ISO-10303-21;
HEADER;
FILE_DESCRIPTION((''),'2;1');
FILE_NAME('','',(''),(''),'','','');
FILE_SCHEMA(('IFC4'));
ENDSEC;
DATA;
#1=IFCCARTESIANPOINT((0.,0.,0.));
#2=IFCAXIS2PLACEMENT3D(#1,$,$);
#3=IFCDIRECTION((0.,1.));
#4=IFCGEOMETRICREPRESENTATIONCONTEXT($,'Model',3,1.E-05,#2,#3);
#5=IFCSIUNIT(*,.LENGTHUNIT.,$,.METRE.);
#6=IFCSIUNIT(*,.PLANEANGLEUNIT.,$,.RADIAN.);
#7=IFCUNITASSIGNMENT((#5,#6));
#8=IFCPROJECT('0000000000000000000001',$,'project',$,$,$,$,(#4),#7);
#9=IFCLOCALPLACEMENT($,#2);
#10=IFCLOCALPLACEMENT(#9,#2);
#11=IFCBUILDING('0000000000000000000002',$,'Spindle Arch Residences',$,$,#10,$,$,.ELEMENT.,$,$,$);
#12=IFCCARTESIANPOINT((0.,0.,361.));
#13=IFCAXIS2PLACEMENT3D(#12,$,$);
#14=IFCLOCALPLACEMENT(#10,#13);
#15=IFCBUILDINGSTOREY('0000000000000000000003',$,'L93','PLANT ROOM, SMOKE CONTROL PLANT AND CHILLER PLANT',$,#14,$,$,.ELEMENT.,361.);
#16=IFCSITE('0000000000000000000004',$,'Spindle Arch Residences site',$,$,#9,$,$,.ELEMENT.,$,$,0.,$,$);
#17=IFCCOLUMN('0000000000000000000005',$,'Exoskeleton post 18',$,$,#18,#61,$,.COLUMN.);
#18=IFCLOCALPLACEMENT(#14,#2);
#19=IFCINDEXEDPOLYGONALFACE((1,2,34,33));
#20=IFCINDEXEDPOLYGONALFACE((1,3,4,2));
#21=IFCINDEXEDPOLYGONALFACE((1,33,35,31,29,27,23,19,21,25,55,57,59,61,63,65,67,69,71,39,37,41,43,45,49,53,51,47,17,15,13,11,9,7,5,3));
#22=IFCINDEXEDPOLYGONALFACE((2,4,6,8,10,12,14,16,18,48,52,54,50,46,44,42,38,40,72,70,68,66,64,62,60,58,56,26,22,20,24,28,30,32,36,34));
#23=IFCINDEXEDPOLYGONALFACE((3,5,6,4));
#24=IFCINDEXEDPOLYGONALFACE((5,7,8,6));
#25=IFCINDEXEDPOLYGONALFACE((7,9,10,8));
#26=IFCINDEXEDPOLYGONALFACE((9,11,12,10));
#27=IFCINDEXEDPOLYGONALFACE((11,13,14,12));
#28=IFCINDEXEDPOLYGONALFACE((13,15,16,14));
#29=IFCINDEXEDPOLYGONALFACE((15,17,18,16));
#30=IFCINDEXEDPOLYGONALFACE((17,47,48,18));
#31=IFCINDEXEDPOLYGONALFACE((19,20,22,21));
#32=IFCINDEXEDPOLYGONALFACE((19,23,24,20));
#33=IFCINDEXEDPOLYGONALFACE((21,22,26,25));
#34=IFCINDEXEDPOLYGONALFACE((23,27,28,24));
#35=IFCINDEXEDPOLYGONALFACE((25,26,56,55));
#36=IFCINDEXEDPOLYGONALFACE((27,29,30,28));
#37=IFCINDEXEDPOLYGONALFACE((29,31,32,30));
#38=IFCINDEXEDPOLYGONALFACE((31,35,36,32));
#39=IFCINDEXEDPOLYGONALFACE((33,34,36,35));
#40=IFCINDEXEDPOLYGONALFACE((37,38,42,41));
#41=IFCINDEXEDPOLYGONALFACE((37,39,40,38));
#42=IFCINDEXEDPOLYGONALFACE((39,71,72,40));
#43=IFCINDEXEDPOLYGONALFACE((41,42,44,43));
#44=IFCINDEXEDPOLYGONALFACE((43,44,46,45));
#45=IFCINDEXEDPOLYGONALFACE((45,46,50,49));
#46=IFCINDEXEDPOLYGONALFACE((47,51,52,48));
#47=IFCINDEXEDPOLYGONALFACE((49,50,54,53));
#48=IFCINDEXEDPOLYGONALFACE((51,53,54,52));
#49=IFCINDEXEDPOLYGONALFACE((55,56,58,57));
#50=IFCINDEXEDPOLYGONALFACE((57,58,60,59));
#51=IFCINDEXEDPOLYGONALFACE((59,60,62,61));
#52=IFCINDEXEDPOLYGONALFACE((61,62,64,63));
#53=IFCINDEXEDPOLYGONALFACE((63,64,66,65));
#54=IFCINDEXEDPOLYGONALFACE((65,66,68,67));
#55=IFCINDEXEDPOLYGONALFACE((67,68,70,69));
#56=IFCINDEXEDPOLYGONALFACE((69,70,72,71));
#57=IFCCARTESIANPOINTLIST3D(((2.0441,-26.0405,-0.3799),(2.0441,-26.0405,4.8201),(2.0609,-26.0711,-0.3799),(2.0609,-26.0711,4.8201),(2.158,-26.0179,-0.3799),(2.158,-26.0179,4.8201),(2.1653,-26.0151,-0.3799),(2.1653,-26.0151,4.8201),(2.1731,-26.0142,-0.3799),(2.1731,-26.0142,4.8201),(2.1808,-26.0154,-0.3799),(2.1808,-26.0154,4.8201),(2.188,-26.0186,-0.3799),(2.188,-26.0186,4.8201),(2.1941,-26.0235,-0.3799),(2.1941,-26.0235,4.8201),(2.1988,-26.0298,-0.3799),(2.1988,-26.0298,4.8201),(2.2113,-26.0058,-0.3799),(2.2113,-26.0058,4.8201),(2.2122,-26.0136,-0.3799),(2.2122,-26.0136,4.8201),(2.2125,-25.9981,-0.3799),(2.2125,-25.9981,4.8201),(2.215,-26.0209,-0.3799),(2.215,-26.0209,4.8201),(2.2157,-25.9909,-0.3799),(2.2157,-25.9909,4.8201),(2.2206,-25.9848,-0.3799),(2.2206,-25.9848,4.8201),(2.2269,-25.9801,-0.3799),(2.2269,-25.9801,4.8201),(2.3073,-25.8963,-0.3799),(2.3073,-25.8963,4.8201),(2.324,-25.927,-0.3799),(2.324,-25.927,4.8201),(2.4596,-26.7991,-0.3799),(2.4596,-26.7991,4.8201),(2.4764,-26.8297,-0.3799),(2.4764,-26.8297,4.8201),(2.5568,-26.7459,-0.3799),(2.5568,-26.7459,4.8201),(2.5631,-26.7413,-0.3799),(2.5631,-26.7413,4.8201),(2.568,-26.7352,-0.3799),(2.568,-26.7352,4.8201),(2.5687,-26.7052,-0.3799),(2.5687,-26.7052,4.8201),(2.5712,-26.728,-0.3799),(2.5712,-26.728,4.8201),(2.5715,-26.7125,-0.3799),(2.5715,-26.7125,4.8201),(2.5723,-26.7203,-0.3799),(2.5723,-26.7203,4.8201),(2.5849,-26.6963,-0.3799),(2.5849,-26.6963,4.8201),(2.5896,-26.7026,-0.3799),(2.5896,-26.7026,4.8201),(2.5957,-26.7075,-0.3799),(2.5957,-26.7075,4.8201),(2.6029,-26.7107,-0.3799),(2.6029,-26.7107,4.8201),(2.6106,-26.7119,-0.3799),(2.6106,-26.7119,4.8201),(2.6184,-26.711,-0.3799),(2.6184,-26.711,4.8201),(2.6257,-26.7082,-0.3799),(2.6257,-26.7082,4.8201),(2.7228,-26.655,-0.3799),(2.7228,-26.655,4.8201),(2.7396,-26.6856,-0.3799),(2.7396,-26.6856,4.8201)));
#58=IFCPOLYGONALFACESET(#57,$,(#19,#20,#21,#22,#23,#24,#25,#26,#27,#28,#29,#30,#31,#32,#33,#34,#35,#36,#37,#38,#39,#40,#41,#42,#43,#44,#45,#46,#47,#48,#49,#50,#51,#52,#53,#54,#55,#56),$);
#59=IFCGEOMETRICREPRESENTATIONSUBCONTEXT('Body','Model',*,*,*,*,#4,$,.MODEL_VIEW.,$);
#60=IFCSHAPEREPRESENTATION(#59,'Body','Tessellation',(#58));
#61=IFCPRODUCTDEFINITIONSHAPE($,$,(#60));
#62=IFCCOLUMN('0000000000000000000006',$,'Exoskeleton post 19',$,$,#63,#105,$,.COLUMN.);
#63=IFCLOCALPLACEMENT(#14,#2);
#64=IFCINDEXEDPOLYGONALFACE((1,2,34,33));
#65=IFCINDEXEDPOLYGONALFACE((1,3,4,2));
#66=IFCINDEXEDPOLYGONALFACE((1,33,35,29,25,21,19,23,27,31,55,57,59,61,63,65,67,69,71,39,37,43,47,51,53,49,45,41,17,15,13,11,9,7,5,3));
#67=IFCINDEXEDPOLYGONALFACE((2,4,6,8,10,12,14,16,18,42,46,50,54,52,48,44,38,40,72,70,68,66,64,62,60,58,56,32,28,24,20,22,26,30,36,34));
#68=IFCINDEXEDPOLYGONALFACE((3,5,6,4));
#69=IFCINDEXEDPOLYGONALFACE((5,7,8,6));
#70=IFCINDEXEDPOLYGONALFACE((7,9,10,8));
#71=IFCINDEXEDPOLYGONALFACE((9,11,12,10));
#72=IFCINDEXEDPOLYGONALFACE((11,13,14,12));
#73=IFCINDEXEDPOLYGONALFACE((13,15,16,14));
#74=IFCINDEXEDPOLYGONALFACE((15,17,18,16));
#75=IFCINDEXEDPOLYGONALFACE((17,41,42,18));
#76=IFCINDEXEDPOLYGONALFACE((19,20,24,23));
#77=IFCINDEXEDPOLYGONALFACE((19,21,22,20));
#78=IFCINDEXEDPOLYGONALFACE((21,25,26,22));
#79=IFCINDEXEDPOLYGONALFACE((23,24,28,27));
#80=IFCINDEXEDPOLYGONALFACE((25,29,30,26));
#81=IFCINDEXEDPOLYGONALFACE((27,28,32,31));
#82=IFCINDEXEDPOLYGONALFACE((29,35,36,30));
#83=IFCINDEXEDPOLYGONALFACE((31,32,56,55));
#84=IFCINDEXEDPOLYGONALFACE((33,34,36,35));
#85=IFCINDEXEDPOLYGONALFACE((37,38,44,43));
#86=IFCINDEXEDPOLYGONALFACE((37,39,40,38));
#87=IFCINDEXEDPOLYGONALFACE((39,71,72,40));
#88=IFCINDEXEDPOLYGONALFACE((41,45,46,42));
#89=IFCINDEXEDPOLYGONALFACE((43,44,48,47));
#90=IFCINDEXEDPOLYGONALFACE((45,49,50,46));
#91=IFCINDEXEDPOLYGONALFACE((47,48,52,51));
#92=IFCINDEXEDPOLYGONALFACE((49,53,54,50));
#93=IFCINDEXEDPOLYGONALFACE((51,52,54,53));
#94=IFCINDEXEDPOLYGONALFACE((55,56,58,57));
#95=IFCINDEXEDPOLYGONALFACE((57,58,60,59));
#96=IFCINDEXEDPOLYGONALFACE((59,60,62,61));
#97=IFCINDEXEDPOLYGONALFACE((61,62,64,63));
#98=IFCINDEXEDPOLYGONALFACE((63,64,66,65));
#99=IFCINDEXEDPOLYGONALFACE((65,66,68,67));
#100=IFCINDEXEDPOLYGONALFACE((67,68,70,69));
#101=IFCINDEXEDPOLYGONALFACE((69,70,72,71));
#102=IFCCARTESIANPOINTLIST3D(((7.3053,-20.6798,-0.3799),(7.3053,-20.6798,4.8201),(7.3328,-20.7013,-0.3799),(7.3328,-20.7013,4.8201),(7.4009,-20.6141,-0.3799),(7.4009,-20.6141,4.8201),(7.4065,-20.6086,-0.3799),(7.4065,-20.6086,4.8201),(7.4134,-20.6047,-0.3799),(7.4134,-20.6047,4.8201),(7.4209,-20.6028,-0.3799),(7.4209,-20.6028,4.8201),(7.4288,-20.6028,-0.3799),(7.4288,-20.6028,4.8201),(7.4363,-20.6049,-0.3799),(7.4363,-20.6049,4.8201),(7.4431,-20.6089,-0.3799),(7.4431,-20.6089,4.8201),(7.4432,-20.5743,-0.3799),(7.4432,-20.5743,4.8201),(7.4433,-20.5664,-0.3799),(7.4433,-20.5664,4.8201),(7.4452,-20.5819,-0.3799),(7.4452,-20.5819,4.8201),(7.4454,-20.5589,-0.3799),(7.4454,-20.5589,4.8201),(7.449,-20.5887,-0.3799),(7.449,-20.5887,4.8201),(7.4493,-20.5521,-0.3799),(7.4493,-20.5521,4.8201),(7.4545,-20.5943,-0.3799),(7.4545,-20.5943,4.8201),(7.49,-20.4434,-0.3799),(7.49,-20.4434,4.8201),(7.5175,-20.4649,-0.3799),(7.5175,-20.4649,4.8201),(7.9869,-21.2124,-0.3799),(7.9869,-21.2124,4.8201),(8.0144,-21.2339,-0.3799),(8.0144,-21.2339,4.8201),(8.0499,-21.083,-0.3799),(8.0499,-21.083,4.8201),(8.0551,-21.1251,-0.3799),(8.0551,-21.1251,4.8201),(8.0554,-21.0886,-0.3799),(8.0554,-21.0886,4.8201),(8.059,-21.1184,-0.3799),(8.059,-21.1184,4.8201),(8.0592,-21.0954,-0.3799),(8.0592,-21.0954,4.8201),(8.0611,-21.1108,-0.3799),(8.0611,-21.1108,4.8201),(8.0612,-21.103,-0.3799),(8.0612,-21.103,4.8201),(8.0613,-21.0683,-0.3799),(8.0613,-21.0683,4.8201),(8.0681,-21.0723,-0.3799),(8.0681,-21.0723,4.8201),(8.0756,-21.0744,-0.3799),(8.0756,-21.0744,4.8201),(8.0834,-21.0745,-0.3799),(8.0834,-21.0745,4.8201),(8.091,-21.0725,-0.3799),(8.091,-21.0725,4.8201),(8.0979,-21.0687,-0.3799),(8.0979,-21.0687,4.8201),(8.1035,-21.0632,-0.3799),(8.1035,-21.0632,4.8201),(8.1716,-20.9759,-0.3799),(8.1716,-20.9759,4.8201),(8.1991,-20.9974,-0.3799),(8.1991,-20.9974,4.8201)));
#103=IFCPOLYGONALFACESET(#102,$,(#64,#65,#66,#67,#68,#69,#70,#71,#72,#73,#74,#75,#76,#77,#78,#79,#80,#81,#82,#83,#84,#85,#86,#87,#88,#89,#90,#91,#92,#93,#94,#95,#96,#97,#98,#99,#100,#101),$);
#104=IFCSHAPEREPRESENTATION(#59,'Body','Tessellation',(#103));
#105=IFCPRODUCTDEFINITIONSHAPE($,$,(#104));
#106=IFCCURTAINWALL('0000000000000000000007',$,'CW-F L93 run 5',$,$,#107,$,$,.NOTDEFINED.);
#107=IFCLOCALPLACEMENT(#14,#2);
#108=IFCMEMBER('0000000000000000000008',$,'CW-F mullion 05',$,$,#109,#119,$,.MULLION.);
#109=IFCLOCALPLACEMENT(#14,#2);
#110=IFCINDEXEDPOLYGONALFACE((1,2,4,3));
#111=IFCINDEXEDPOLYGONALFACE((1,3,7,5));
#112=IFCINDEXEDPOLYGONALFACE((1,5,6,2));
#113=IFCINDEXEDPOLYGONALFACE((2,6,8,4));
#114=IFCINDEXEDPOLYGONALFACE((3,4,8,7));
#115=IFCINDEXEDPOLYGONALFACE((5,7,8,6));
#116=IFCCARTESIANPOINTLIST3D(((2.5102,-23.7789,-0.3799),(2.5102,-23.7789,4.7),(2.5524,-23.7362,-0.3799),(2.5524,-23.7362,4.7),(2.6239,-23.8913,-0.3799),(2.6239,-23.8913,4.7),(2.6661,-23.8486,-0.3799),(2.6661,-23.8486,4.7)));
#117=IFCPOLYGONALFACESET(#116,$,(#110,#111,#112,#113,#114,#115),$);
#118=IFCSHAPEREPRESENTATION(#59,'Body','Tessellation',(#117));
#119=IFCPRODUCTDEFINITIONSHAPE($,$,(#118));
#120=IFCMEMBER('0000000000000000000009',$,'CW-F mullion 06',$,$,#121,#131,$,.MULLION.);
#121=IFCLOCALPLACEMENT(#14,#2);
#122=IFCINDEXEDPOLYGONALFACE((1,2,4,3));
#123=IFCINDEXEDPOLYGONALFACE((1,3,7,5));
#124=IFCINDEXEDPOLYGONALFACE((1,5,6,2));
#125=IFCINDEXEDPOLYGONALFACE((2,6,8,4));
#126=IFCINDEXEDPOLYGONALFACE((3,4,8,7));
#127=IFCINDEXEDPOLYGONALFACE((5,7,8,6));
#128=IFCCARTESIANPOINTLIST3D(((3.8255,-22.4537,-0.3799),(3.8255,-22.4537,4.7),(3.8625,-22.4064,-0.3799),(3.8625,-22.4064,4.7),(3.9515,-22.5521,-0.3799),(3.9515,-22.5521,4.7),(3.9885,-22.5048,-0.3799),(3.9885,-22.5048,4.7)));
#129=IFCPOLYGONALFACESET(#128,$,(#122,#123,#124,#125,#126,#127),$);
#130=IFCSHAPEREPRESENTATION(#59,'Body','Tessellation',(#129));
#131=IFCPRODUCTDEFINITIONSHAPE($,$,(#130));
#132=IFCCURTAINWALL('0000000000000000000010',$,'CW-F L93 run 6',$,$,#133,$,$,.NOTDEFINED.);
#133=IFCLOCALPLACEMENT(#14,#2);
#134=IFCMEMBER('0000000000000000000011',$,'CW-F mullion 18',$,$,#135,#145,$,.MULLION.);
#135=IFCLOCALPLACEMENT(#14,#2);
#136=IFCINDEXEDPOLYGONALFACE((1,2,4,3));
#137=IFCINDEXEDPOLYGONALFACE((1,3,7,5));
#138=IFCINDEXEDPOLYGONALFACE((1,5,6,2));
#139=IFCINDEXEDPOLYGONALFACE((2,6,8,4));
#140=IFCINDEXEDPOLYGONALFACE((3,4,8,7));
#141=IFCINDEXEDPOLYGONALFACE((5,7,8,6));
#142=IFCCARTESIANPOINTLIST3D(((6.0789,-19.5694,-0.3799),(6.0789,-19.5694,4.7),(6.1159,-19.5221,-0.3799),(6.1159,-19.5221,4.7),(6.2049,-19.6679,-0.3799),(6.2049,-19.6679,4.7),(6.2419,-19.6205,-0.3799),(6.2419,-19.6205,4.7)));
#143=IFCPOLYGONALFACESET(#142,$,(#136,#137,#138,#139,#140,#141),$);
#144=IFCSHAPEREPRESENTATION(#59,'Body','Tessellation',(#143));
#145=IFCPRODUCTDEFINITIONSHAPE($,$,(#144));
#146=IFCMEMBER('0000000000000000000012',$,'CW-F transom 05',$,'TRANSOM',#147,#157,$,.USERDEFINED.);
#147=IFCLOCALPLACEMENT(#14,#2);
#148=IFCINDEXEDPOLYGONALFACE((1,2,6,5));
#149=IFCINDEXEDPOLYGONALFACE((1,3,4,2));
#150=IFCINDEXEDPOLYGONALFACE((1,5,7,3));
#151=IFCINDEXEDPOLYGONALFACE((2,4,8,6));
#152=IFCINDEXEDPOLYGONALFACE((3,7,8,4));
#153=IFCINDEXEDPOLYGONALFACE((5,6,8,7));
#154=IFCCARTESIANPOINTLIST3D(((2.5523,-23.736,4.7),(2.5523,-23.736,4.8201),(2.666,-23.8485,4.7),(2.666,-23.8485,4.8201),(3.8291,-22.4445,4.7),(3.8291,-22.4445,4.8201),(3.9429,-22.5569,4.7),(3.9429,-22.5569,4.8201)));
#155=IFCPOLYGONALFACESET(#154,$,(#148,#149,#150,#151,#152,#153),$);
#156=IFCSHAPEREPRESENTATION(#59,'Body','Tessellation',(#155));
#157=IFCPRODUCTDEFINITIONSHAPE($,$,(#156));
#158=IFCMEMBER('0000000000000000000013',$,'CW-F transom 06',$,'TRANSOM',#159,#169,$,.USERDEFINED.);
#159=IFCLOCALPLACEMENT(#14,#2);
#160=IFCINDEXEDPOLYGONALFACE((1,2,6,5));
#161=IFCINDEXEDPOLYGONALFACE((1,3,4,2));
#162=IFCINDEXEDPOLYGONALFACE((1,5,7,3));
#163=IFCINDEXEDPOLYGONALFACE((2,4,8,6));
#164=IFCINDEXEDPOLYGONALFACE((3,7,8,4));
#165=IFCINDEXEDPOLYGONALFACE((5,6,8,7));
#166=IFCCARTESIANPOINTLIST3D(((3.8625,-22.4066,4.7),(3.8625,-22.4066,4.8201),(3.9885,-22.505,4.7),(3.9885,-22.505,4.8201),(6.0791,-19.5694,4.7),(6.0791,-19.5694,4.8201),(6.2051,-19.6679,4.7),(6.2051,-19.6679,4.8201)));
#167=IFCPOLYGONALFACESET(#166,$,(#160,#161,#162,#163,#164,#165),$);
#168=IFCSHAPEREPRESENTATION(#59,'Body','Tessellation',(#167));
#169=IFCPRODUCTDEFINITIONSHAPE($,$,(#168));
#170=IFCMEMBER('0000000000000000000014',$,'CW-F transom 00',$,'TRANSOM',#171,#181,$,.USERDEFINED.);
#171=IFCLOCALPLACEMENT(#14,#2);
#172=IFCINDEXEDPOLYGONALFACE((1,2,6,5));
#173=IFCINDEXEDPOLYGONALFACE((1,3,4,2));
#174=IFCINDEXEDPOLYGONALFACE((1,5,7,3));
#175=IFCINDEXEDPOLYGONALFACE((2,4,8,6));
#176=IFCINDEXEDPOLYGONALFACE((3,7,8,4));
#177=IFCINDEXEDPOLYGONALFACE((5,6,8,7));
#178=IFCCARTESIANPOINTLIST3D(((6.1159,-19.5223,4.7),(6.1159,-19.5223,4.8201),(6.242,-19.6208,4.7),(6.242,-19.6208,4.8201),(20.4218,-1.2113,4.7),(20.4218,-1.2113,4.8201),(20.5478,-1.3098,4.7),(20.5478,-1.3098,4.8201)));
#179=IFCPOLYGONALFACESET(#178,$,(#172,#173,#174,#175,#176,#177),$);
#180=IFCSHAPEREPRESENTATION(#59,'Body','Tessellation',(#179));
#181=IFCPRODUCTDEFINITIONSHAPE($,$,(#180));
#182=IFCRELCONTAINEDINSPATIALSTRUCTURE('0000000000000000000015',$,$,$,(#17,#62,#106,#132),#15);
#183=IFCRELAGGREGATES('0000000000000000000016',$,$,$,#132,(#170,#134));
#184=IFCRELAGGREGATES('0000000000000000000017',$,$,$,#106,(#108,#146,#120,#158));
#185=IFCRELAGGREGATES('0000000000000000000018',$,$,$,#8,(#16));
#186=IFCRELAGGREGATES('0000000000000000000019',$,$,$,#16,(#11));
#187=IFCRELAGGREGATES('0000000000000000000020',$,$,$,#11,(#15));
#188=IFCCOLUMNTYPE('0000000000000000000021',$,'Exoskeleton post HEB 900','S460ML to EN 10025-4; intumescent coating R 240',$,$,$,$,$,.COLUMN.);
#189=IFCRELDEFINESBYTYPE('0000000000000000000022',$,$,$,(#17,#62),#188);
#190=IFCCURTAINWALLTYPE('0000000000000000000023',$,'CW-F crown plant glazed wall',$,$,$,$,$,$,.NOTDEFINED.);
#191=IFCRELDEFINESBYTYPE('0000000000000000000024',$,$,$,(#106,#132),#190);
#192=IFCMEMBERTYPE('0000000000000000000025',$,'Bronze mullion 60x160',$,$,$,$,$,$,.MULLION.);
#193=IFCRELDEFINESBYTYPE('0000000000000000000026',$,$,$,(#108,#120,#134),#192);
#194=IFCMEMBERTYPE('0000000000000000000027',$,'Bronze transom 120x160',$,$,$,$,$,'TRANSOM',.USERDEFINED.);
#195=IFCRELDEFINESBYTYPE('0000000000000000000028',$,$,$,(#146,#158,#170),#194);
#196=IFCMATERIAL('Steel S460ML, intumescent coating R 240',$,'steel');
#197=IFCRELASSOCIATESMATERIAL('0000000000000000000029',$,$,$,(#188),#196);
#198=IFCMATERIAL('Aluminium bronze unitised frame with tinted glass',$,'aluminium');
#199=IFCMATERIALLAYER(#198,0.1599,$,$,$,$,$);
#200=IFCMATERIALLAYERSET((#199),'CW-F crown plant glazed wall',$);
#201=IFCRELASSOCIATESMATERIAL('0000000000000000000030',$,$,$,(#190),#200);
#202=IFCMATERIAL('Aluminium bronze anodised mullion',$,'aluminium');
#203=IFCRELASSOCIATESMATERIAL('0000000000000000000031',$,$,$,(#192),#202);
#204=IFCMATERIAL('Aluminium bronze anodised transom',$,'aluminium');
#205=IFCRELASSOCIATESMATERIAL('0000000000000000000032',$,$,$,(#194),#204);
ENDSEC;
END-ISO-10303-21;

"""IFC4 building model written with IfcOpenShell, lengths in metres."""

from ifc_helpers import new_model, si_unit, direction, frame, origin, origin_2d, place, context, subcontext, project, spatial, rectangle, i_section, extrude, material, layer, layer_set, material_profile, profile_set, type_object, element, aggregate, save


model = new_model("IFC4")

# Units and contexts
model_context = context("Model", 3, precision=1e-05, world=origin(), true_north=direction((0.0, 1.0)))
body_context = subcontext(model_context, "Body", "Model", "MODEL_VIEW")
ifc_project = project(units=[si_unit("LENGTHUNIT", "METRE"), si_unit("PLANEANGLEUNIT", "RADIAN")], contexts=[model_context])

# Site, building, storey
site_placement = place(None, origin())
site = spatial("IfcSite", under=ifc_project, at=site_placement, Name="Spindle Arch Residences site", CompositionType="ELEMENT", RefElevation=0.0)
building_placement = place(site_placement, origin())
building = spatial("IfcBuilding", under=site, at=building_placement, Name="Spindle Arch Residences", CompositionType="ELEMENT")
storey_placement = place(building_placement, frame((0.0, 0.0, 361.0)))
storey = spatial("IfcBuildingStorey", under=building, at=storey_placement, Name="L93", Description="PLANT ROOM, SMOKE CONTROL PLANT AND CHILLER PLANT", CompositionType="ELEMENT", Elevation=361.0)

# Columns
ifc_material_1 = material(Name="Steel S460ML, intumescent coating R 240", Category="steel")
ifc_material_profile_1 = material_profile(ifc_material_1, i_section(OverallWidth=0.3, OverallDepth=0.8999, WebThickness=0.0186, FlangeThickness=0.0349, FilletRadius=0.03, at=origin_2d()), Name="HEB 900")
ifc_profile_set_1 = profile_set([ifc_material_profile_1], Name="Steel S460ML, intumescent coating R 240")
column_type = type_object("IfcColumnType", Name="Exoskeleton post HEB 900", Description="S460ML to EN 10025-4; intumescent coating R 240", PredefinedType="COLUMN", material=ifc_profile_set_1)
for number, where, z_axis, x_axis, name in (
    (1, (2.3918, -26.363, -0.3799), (0.0, 0.0, 1.0), (-0.877055, -0.480389, 0.0), "Exoskeleton post 18"),
    (2, (7.7522, -20.8386, -0.3799), (0.0, 0.0, 1.0), (-0.615661, -0.788011, 0.0), "Exoskeleton post 19"),
):
    element("IfcColumn", number, at=place(storey_placement, frame(where, z_axis=z_axis, x_axis=x_axis)), inside=storey, type_object=column_type, Name=name, PredefinedType="COLUMN", context=body_context, shape_type="SweptSolid", body=[
        extrude(i_section(OverallWidth=0.3, OverallDepth=0.8999, WebThickness=0.0186, FlangeThickness=0.0349, FilletRadius=0.03, at=origin_2d()), origin(), (0.0, 0.0, 1.0), 5.2),
    ])

# Curtain wall, members
ifc_material_2 = material(Name="Aluminium bronze unitised frame with tinted glass", Category="aluminium")
ifc_layer_1 = layer(ifc_material_2, 0.1599)
ifc_layer_set_1 = layer_set([ifc_layer_1], Name="CW-F crown plant glazed wall")
curtain_wall_type = type_object("IfcCurtainWallType", Name="CW-F crown plant glazed wall", PredefinedType="NOTDEFINED", material=ifc_layer_set_1)
curtain_wall_1_placement = place(storey_placement, origin())
curtain_wall_1 = element("IfcCurtainWall", 3, at=curtain_wall_1_placement, inside=storey, type_object=curtain_wall_type, Name="CW-F L93 run 5", PredefinedType="NOTDEFINED")
ifc_material_3 = material(Name="Aluminium bronze anodised mullion", Category="aluminium")
ifc_material_profile_2 = material_profile(ifc_material_3, rectangle(XDim=0.1599, YDim=0.0601, at=origin_2d()), Name="MU 60x160")
ifc_profile_set_2 = profile_set([ifc_material_profile_2], Name="Aluminium bronze anodised mullion")
member_type_1 = type_object("IfcMemberType", Name="Bronze mullion 60x160", PredefinedType="MULLION", material=ifc_profile_set_2)
member_1_placement = place(storey_placement, frame((2.5881, -23.8137, -0.3799), z_axis=(0.0, 0.0, 1.0), x_axis=(-0.711209, 0.702981, 0.0)))
member_1 = element("IfcMember", 4, at=member_1_placement, type_object=member_type_1, Name="CW-F mullion 05", PredefinedType="MULLION", context=body_context, shape_type="SweptSolid", body=[
    extrude(rectangle(XDim=0.1599, YDim=0.0601, at=origin_2d()), origin(), (0.0, 0.0, 1.0), 5.0798),
])
member_2_placement = place(storey_placement, frame((3.907, -22.4792, -0.3799), z_axis=(0.0, 0.0, 1.0), x_axis=(-0.788011, 0.615661, 0.0)))
member_2 = element("IfcMember", 5, at=member_2_placement, type_object=member_type_1, Name="CW-F mullion 06", PredefinedType="MULLION", context=body_context, shape_type="SweptSolid", body=[
    extrude(rectangle(XDim=0.1599, YDim=0.0601, at=origin_2d()), origin(), (0.0, 0.0, 1.0), 5.0798),
])

# Curtain wall, member
curtain_wall_2_placement = place(storey_placement, origin())
curtain_wall_2 = element("IfcCurtainWall", 6, at=curtain_wall_2_placement, inside=storey, type_object=curtain_wall_type, Name="CW-F L93 run 6", PredefinedType="NOTDEFINED")
member_3_placement = place(storey_placement, frame((6.1604, -19.595, -0.3799), z_axis=(0.0, 0.0, 1.0), x_axis=(-0.788011, 0.615661, 0.0)))
member_3 = element("IfcMember", 7, at=member_3_placement, type_object=member_type_1, Name="CW-F mullion 18", PredefinedType="MULLION", context=body_context, shape_type="SweptSolid", body=[
    extrude(rectangle(XDim=0.1599, YDim=0.0601, at=origin_2d()), origin(), (0.0, 0.0, 1.0), 5.0798),
])

# Members
ifc_material_4 = material(Name="Aluminium bronze anodised transom", Category="aluminium")
ifc_material_profile_3 = material_profile(ifc_material_4, rectangle(XDim=0.1599, YDim=0.1201, at=origin_2d()), Name="TR 120x160")
ifc_profile_set_3 = profile_set([ifc_material_profile_3], Name="Aluminium bronze anodised transom")
member_type_2 = type_object("IfcMemberType", Name="Bronze transom 120x160", ElementType="TRANSOM", PredefinedType="USERDEFINED", material=ifc_profile_set_3)
member_4_placement = place(storey_placement, frame((2.6091, -23.7922, 4.76), z_axis=(0.703062, 0.711128, 0.0), x_axis=(-0.711128, 0.703062, 0.0)))
member_4 = element("IfcMember", 8, at=member_4_placement, type_object=member_type_2, Name="CW-F transom 05", ObjectType="TRANSOM", PredefinedType="USERDEFINED", context=body_context, shape_type="SweptSolid", body=[
    extrude(rectangle(XDim=0.1599, YDim=0.1201, at=origin_2d()), origin(), (0.0, 0.0, 1.0), 1.8162),
])
member_5_placement = place(storey_placement, frame((3.9255, -22.4558, 4.76), z_axis=(0.615648, 0.788021, 0.0), x_axis=(-0.788021, 0.615648, 0.0)))
member_5 = element("IfcMember", 9, at=member_5_placement, type_object=member_type_2, Name="CW-F transom 06", ObjectType="TRANSOM", PredefinedType="USERDEFINED", context=body_context, shape_type="SweptSolid", body=[
    extrude(rectangle(XDim=0.1599, YDim=0.1201, at=origin_2d()), origin(), (0.0, 0.0, 1.0), 3.6003),
])
member_6_placement = place(storey_placement, frame((6.179, -19.5715, 4.76), z_axis=(0.615655, 0.788016, 0.0), x_axis=(-0.788016, 0.615655, 0.0)))
member_6 = element("IfcMember", 10, at=member_6_placement, type_object=member_type_2, Name="CW-F transom 00", ObjectType="TRANSOM", PredefinedType="USERDEFINED", context=body_context, shape_type="SweptSolid", body=[
    extrude(rectangle(XDim=0.1599, YDim=0.1201, at=origin_2d()), origin(), (0.0, 0.0, 1.0), 23.2368),
])
aggregate(curtain_wall_2, [member_6, member_3])

aggregate(curtain_wall_1, [member_1, member_4, member_2, member_5])

save(model, "model.ifc")
